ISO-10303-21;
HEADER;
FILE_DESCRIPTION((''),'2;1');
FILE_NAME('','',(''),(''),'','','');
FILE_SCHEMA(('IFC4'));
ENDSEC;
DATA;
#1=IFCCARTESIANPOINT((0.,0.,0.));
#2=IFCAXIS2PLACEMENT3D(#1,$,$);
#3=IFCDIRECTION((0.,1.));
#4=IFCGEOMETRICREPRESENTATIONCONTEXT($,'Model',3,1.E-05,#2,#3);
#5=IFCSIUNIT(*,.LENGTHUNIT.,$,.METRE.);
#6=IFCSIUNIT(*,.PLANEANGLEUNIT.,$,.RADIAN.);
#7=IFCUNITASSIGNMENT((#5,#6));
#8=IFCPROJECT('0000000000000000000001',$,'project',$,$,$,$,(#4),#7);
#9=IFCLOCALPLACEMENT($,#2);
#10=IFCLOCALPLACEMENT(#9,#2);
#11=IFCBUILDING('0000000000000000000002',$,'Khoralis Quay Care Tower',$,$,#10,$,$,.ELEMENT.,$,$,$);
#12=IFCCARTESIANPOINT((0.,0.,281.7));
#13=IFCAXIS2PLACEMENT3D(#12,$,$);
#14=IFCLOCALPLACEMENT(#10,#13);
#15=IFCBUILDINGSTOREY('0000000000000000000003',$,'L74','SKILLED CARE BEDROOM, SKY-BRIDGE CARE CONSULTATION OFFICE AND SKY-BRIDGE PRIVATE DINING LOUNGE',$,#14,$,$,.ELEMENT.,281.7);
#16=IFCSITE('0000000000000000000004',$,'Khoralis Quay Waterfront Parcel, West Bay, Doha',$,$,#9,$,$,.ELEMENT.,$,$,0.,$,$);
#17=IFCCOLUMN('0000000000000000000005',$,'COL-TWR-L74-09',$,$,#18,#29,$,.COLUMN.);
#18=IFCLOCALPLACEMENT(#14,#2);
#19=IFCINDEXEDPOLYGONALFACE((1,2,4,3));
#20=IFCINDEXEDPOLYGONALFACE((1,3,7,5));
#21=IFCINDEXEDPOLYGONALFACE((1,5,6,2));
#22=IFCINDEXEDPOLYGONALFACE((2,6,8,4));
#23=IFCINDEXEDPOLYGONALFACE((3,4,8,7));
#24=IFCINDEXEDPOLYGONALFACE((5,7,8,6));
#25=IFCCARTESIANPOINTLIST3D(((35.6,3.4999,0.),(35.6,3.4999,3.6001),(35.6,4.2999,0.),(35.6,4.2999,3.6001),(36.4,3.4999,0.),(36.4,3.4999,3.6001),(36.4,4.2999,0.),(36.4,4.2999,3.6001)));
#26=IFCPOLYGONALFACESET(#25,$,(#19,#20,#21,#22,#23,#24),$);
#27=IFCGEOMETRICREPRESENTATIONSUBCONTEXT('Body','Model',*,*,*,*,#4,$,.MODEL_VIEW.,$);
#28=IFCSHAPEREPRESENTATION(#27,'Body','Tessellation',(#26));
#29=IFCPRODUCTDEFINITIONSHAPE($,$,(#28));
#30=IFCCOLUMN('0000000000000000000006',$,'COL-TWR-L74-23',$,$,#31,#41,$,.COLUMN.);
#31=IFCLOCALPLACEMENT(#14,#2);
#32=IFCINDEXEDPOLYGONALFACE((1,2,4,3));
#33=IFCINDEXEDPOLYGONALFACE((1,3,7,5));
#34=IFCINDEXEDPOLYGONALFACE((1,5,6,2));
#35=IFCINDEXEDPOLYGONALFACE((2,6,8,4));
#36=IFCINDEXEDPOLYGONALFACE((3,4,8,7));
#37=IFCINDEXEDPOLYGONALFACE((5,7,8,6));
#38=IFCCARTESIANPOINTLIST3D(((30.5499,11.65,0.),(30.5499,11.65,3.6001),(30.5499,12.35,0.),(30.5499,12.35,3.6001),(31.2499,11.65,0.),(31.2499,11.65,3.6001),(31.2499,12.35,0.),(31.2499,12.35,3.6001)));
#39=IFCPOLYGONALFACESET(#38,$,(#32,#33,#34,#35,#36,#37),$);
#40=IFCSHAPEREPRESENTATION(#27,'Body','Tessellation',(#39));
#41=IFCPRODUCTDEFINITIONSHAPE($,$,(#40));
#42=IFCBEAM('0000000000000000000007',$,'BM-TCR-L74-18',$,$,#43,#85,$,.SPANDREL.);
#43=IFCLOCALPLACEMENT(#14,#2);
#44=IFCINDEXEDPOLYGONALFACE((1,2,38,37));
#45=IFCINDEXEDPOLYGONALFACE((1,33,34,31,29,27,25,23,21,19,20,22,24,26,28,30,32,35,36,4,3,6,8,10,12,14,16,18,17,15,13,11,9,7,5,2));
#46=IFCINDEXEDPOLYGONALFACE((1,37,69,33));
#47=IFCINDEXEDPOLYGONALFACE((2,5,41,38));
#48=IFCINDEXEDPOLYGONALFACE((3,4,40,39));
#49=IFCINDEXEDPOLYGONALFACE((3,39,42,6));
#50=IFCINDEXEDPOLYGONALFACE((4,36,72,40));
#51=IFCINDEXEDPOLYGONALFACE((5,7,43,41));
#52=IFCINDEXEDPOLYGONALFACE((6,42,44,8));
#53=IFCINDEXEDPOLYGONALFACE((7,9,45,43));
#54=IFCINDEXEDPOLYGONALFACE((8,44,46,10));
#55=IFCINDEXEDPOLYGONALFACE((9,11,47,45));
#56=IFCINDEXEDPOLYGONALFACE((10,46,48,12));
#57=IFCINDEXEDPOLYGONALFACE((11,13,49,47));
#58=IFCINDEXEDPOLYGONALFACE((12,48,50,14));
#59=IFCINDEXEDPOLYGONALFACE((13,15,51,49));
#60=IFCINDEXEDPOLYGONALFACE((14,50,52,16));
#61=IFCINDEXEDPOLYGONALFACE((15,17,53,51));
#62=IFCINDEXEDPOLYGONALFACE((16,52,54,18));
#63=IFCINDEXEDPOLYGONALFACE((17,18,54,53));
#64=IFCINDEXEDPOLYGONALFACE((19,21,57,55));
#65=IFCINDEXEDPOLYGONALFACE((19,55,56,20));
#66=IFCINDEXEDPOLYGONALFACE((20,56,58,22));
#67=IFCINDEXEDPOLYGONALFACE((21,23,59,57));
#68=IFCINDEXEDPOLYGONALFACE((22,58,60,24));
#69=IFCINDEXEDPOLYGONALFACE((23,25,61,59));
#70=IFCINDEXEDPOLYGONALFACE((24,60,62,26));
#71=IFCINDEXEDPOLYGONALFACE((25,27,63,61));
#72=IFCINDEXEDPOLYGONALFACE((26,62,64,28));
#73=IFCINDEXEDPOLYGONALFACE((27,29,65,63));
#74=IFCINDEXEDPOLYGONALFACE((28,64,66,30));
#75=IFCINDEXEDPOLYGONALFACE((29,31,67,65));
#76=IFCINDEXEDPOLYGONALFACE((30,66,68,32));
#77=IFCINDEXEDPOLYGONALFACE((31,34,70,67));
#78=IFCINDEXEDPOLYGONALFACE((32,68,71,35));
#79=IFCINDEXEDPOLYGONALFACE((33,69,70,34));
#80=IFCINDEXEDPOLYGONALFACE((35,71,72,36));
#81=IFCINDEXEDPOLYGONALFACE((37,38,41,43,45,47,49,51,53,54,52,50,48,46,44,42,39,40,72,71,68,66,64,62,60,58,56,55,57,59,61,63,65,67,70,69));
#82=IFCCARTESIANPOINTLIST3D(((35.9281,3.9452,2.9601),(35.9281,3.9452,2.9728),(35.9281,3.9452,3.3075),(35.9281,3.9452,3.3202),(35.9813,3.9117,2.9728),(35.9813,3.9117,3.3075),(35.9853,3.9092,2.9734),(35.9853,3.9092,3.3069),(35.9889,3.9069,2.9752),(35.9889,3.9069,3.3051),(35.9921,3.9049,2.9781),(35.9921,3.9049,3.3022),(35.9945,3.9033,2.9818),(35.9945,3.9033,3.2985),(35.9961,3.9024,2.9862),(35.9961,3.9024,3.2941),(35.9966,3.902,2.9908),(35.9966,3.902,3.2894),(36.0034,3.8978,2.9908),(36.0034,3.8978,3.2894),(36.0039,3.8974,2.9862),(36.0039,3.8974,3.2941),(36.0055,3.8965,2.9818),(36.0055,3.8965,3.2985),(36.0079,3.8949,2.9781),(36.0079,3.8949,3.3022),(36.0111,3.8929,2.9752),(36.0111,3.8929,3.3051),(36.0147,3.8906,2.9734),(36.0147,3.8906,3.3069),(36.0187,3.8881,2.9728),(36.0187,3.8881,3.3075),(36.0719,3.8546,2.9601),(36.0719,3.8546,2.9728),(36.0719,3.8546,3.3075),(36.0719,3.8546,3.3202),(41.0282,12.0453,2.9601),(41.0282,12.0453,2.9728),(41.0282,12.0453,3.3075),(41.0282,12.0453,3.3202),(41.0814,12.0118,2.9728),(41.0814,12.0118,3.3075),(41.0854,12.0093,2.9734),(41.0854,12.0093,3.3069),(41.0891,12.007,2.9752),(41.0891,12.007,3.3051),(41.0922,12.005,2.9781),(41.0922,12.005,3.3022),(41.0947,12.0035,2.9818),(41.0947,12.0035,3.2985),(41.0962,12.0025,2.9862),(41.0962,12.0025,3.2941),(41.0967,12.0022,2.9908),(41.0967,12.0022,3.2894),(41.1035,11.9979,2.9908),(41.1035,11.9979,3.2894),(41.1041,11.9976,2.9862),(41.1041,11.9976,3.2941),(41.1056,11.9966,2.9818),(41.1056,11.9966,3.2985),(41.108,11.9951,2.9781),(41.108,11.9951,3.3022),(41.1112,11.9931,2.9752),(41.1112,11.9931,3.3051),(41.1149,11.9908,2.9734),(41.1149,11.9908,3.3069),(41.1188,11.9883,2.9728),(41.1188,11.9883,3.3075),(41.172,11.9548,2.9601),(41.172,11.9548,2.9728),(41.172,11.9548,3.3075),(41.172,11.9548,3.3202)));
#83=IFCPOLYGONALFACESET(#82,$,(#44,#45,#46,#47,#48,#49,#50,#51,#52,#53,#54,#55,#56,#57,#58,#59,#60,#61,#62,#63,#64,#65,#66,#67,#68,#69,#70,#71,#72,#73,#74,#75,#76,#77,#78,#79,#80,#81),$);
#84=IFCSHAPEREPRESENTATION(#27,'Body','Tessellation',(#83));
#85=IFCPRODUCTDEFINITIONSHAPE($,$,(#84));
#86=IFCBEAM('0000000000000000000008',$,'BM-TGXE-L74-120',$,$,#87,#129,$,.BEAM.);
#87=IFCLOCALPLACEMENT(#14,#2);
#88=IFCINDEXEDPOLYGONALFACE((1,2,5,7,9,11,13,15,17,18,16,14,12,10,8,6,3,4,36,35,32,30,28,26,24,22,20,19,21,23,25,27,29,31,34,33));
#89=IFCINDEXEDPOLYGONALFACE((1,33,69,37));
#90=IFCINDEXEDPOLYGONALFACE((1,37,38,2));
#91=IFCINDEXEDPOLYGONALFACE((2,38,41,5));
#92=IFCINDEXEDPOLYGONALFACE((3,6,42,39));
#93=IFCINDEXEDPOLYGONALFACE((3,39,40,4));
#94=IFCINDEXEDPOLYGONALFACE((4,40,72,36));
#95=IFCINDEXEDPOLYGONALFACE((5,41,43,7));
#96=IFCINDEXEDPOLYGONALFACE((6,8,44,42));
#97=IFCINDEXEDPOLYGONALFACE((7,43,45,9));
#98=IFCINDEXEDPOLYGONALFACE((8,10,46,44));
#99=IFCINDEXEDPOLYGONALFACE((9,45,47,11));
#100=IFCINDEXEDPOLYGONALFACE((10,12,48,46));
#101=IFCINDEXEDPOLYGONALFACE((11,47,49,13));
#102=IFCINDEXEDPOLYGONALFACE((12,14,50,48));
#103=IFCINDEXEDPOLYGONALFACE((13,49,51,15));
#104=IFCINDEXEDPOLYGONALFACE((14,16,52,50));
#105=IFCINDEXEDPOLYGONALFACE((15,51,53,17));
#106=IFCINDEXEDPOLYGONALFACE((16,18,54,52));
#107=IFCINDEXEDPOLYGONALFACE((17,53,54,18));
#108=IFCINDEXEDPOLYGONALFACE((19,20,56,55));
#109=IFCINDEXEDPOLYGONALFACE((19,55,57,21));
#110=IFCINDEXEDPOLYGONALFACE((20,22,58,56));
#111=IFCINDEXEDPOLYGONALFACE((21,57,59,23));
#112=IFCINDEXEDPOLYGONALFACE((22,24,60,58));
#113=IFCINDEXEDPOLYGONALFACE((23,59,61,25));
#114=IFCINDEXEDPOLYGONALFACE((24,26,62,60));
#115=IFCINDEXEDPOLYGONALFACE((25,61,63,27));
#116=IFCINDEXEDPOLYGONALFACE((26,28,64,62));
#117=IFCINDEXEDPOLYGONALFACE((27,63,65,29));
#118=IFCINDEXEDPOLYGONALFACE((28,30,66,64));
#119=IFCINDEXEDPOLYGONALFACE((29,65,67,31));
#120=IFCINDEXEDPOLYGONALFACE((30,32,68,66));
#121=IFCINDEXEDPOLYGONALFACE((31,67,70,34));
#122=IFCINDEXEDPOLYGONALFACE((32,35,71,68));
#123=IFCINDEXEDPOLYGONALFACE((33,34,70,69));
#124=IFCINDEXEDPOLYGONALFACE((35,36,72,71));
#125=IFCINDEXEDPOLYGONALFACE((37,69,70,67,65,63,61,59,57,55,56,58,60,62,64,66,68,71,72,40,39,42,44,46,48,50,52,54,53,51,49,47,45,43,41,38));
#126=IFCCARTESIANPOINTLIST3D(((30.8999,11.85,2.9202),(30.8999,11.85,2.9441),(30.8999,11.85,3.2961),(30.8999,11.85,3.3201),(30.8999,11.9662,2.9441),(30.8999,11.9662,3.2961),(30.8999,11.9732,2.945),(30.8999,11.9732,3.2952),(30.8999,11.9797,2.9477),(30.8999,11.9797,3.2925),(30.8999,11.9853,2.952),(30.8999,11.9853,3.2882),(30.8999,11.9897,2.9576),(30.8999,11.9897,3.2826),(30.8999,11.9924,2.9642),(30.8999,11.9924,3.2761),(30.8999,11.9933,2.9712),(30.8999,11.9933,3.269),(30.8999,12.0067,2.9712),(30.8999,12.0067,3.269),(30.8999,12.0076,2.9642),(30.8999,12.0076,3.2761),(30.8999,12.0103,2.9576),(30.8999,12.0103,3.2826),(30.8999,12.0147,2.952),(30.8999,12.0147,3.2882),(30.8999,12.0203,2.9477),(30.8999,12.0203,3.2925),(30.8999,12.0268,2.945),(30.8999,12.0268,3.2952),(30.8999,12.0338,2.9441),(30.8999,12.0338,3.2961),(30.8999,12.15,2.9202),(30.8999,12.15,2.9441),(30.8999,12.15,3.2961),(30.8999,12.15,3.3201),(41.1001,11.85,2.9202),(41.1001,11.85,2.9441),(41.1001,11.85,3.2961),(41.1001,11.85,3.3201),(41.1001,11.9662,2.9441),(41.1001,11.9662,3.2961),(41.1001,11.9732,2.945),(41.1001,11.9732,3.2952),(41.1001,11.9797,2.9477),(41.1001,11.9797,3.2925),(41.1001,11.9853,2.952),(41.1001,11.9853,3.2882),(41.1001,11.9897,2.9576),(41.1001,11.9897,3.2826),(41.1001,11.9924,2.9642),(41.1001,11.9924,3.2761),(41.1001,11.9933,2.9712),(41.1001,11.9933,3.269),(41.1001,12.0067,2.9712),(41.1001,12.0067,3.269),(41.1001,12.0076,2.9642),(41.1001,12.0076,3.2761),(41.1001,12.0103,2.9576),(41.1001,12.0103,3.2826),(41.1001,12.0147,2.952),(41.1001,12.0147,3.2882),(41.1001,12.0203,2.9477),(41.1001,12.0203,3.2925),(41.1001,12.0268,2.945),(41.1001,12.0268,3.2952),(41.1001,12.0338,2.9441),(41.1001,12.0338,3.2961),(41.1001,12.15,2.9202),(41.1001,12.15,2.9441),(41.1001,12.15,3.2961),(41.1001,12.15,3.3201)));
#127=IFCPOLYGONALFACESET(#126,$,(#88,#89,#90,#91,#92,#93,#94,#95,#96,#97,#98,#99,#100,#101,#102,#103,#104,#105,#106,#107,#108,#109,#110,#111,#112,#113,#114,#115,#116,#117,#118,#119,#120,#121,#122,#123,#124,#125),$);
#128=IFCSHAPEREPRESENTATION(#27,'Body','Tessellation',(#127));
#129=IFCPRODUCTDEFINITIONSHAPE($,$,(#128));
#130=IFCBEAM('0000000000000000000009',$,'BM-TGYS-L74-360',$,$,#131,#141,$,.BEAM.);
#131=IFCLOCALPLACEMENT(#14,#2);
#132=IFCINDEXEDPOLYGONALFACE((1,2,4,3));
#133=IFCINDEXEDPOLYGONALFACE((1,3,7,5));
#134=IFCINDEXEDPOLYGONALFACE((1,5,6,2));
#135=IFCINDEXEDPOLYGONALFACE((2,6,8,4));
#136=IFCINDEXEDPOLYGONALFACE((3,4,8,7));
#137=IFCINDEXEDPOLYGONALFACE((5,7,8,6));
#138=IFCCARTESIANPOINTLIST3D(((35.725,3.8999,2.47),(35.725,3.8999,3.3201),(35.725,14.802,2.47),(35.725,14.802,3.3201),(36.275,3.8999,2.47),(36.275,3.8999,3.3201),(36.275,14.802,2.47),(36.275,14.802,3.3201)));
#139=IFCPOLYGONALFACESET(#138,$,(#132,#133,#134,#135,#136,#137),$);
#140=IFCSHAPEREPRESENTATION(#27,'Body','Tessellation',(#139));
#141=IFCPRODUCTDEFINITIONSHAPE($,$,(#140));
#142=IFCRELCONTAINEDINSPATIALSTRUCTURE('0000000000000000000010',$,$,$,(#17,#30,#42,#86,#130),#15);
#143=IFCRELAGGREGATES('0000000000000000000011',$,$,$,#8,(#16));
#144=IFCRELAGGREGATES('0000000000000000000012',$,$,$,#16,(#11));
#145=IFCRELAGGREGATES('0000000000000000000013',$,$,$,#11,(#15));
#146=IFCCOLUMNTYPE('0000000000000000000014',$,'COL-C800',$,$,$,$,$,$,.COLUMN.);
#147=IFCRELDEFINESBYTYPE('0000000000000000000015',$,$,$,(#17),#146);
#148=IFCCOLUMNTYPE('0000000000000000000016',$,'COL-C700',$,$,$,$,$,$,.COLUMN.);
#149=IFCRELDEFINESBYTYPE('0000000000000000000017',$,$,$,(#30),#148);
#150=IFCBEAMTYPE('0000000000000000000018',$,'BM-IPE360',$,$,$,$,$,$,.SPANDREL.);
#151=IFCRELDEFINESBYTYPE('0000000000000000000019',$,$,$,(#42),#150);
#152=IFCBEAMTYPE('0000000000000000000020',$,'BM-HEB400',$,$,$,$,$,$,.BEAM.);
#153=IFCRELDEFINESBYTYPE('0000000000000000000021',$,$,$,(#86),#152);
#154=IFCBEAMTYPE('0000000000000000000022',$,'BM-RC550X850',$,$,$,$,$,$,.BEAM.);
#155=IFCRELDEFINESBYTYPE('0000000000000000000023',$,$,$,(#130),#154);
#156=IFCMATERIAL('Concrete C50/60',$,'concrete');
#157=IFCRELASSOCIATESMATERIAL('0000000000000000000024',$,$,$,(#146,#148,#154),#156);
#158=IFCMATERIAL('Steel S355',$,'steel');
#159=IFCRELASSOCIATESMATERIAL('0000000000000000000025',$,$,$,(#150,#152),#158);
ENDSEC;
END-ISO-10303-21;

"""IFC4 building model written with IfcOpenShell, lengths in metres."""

from ifc_helpers import new_model, si_unit, direction, frame, origin, origin_2d, place, context, subcontext, project, spatial, rectangle, i_section, extrude, source, transform, mapped, material, material_profile, profile_set, type_object, element, save


model = new_model("IFC4")

# Units and contexts
model_context = context("Model", 3, precision=1e-05, world=origin(), true_north=direction((0.0, 1.0)))
body_context = subcontext(model_context, "Body", "Model", "MODEL_VIEW")
ifc_project = project(units=[si_unit("LENGTHUNIT", "METRE"), si_unit("PLANEANGLEUNIT", "RADIAN")], contexts=[model_context])

# Site, building, storey
site_placement = place(None, origin())
site = spatial("IfcSite", under=ifc_project, at=site_placement, Name="Khoralis Quay Waterfront Parcel, West Bay, Doha", CompositionType="ELEMENT", RefElevation=0.0)
building_placement = place(site_placement, origin())
building = spatial("IfcBuilding", under=site, at=building_placement, Name="Khoralis Quay Care Tower", CompositionType="ELEMENT")
storey_placement = place(building_placement, frame((0.0, 0.0, 281.7)))
storey = spatial("IfcBuildingStorey", under=building, at=storey_placement, Name="L74", Description="SKILLED CARE BEDROOM, SKY-BRIDGE CARE CONSULTATION OFFICE AND SKY-BRIDGE PRIVATE DINING LOUNGE", CompositionType="ELEMENT", Elevation=281.7)

# Columns
ifc_material_1 = material(Name="Concrete C50/60", Category="concrete")
ifc_material_profile_1 = material_profile(ifc_material_1, rectangle(XDim=0.8, YDim=0.8, at=origin_2d()), Name="Concrete C50/60")
ifc_profile_set_1 = profile_set([ifc_material_profile_1], Name="Concrete C50/60")
column_type_1 = type_object("IfcColumnType", Name="COL-C800", PredefinedType="COLUMN", material=ifc_profile_set_1)
shared_shape_1 = source(origin(), body_context, "Body", "SweptSolid", [
    extrude(rectangle(XDim=0.8, YDim=0.8, at=origin_2d()), origin(), (0.0, 0.0, 1.0), 3.6001),
])
column_1_placement = place(storey_placement, frame((36.0, 3.8999, 0.0), z_axis=(0.0, 0.0, 1.0), x_axis=(1.0, 0.0, 0.0)))
element("IfcColumn", 1, at=column_1_placement, inside=storey, type_object=column_type_1, Name="COL-TWR-L74-09", PredefinedType="COLUMN", context=body_context, shape_type="MappedRepresentation", body=[
    mapped(shared_shape_1, transform((0.0, 0.0, 0.0), scale=1.0)),
])
ifc_material_profile_2 = material_profile(ifc_material_1, rectangle(XDim=0.7, YDim=0.7, at=origin_2d()), Name="Concrete C50/60")
ifc_profile_set_2 = profile_set([ifc_material_profile_2], Name="Concrete C50/60")
column_type_2 = type_object("IfcColumnType", Name="COL-C700", PredefinedType="COLUMN", material=ifc_profile_set_2)
shared_shape_2 = source(origin(), body_context, "Body", "SweptSolid", [
    extrude(rectangle(XDim=0.7, YDim=0.7, at=origin_2d()), origin(), (0.0, 0.0, 1.0), 3.6001),
])
column_2_placement = place(storey_placement, frame((30.8999, 12.0, 0.0), z_axis=(0.0, 0.0, 1.0), x_axis=(1.0, 0.0, 0.0)))
element("IfcColumn", 2, at=column_2_placement, inside=storey, type_object=column_type_2, Name="COL-TWR-L74-23", PredefinedType="COLUMN", context=body_context, shape_type="MappedRepresentation", body=[
    mapped(shared_shape_2, transform((0.0, 0.0, 0.0), scale=1.0)),
])

# Beams
ifc_material_2 = material(Name="Steel S355", Category="steel")
ifc_material_profile_3 = material_profile(ifc_material_2, i_section(OverallWidth=0.1699, OverallDepth=0.3601, WebThickness=0.0081, FlangeThickness=0.0127, FilletRadius=0.0181, at=origin_2d()), Name="Steel S355")
ifc_profile_set_3 = profile_set([ifc_material_profile_3], Name="Steel S355")
beam_type_1 = type_object("IfcBeamType", Name="BM-IPE360", PredefinedType="SPANDREL", material=ifc_profile_set_3)
shared_shape_3 = source(origin(), body_context, "Body", "SweptSolid", [
    extrude(i_section(OverallWidth=0.1699, OverallDepth=0.3601, WebThickness=0.0081, FlangeThickness=0.0127, FilletRadius=0.0181, at=origin_2d()), origin(), (0.0, 0.0, 1.0), 9.572),
])
beam_1_placement = place(storey_placement, frame((36.0, 3.8999, 3.1401), z_axis=(0.532816, 0.846231, 0.0), x_axis=(-0.846231, 0.532816, 0.0)))
element("IfcBeam", 3, at=beam_1_placement, inside=storey, type_object=beam_type_1, Name="BM-TCR-L74-18", PredefinedType="SPANDREL", context=body_context, shape_type="MappedRepresentation", body=[
    mapped(shared_shape_3, transform((0.0, 0.0, 0.0), scale=1.0)),
])
ifc_material_profile_4 = material_profile(ifc_material_2, i_section(OverallWidth=0.3, OverallDepth=0.3999, WebThickness=0.0134, FlangeThickness=0.0239, FilletRadius=0.0271, at=origin_2d()), Name="Steel S355")
ifc_profile_set_4 = profile_set([ifc_material_profile_4], Name="Steel S355")
beam_type_2 = type_object("IfcBeamType", Name="BM-HEB400", PredefinedType="BEAM", material=ifc_profile_set_4)
shared_shape_4 = source(origin(), body_context, "Body", "SweptSolid", [
    extrude(i_section(OverallWidth=0.3, OverallDepth=0.3999, WebThickness=0.0134, FlangeThickness=0.0239, FilletRadius=0.0271, at=origin_2d()), origin(), (0.0, 0.0, 1.0), 10.2002),
])
beam_2_placement = place(storey_placement, frame((30.8999, 12.0, 3.1201), z_axis=(1.0, 0.0, 0.0), x_axis=(0.0, 1.0, 0.0)))
element("IfcBeam", 4, at=beam_2_placement, inside=storey, type_object=beam_type_2, Name="BM-TGXE-L74-120", PredefinedType="BEAM", context=body_context, shape_type="MappedRepresentation", body=[
    mapped(shared_shape_4, transform((0.0, 0.0, 0.0), scale=1.0)),
])
ifc_material_profile_5 = material_profile(ifc_material_1, rectangle(XDim=0.55, YDim=0.8501, at=origin_2d()), Name="Concrete C50/60")
ifc_profile_set_5 = profile_set([ifc_material_profile_5], Name="Concrete C50/60")
beam_type_3 = type_object("IfcBeamType", Name="BM-RC550X850", PredefinedType="BEAM", material=ifc_profile_set_5)
shared_shape_5 = source(origin(), body_context, "Body", "SweptSolid", [
    extrude(rectangle(XDim=0.55, YDim=0.8501, at=origin_2d()), origin(), (0.0, 0.0, 1.0), 10.9021),
])
beam_3_placement = place(storey_placement, frame((36.0, 3.8999, 2.895), z_axis=(0.0, 1.0, 0.0), x_axis=(-1.0, 0.0, 0.0)))
element("IfcBeam", 5, at=beam_3_placement, inside=storey, type_object=beam_type_3, Name="BM-TGYS-L74-360", PredefinedType="BEAM", context=body_context, shape_type="MappedRepresentation", body=[
    mapped(shared_shape_5, transform((0.0, 0.0, 0.0), scale=1.0)),
])

save(model, "model.ifc")
